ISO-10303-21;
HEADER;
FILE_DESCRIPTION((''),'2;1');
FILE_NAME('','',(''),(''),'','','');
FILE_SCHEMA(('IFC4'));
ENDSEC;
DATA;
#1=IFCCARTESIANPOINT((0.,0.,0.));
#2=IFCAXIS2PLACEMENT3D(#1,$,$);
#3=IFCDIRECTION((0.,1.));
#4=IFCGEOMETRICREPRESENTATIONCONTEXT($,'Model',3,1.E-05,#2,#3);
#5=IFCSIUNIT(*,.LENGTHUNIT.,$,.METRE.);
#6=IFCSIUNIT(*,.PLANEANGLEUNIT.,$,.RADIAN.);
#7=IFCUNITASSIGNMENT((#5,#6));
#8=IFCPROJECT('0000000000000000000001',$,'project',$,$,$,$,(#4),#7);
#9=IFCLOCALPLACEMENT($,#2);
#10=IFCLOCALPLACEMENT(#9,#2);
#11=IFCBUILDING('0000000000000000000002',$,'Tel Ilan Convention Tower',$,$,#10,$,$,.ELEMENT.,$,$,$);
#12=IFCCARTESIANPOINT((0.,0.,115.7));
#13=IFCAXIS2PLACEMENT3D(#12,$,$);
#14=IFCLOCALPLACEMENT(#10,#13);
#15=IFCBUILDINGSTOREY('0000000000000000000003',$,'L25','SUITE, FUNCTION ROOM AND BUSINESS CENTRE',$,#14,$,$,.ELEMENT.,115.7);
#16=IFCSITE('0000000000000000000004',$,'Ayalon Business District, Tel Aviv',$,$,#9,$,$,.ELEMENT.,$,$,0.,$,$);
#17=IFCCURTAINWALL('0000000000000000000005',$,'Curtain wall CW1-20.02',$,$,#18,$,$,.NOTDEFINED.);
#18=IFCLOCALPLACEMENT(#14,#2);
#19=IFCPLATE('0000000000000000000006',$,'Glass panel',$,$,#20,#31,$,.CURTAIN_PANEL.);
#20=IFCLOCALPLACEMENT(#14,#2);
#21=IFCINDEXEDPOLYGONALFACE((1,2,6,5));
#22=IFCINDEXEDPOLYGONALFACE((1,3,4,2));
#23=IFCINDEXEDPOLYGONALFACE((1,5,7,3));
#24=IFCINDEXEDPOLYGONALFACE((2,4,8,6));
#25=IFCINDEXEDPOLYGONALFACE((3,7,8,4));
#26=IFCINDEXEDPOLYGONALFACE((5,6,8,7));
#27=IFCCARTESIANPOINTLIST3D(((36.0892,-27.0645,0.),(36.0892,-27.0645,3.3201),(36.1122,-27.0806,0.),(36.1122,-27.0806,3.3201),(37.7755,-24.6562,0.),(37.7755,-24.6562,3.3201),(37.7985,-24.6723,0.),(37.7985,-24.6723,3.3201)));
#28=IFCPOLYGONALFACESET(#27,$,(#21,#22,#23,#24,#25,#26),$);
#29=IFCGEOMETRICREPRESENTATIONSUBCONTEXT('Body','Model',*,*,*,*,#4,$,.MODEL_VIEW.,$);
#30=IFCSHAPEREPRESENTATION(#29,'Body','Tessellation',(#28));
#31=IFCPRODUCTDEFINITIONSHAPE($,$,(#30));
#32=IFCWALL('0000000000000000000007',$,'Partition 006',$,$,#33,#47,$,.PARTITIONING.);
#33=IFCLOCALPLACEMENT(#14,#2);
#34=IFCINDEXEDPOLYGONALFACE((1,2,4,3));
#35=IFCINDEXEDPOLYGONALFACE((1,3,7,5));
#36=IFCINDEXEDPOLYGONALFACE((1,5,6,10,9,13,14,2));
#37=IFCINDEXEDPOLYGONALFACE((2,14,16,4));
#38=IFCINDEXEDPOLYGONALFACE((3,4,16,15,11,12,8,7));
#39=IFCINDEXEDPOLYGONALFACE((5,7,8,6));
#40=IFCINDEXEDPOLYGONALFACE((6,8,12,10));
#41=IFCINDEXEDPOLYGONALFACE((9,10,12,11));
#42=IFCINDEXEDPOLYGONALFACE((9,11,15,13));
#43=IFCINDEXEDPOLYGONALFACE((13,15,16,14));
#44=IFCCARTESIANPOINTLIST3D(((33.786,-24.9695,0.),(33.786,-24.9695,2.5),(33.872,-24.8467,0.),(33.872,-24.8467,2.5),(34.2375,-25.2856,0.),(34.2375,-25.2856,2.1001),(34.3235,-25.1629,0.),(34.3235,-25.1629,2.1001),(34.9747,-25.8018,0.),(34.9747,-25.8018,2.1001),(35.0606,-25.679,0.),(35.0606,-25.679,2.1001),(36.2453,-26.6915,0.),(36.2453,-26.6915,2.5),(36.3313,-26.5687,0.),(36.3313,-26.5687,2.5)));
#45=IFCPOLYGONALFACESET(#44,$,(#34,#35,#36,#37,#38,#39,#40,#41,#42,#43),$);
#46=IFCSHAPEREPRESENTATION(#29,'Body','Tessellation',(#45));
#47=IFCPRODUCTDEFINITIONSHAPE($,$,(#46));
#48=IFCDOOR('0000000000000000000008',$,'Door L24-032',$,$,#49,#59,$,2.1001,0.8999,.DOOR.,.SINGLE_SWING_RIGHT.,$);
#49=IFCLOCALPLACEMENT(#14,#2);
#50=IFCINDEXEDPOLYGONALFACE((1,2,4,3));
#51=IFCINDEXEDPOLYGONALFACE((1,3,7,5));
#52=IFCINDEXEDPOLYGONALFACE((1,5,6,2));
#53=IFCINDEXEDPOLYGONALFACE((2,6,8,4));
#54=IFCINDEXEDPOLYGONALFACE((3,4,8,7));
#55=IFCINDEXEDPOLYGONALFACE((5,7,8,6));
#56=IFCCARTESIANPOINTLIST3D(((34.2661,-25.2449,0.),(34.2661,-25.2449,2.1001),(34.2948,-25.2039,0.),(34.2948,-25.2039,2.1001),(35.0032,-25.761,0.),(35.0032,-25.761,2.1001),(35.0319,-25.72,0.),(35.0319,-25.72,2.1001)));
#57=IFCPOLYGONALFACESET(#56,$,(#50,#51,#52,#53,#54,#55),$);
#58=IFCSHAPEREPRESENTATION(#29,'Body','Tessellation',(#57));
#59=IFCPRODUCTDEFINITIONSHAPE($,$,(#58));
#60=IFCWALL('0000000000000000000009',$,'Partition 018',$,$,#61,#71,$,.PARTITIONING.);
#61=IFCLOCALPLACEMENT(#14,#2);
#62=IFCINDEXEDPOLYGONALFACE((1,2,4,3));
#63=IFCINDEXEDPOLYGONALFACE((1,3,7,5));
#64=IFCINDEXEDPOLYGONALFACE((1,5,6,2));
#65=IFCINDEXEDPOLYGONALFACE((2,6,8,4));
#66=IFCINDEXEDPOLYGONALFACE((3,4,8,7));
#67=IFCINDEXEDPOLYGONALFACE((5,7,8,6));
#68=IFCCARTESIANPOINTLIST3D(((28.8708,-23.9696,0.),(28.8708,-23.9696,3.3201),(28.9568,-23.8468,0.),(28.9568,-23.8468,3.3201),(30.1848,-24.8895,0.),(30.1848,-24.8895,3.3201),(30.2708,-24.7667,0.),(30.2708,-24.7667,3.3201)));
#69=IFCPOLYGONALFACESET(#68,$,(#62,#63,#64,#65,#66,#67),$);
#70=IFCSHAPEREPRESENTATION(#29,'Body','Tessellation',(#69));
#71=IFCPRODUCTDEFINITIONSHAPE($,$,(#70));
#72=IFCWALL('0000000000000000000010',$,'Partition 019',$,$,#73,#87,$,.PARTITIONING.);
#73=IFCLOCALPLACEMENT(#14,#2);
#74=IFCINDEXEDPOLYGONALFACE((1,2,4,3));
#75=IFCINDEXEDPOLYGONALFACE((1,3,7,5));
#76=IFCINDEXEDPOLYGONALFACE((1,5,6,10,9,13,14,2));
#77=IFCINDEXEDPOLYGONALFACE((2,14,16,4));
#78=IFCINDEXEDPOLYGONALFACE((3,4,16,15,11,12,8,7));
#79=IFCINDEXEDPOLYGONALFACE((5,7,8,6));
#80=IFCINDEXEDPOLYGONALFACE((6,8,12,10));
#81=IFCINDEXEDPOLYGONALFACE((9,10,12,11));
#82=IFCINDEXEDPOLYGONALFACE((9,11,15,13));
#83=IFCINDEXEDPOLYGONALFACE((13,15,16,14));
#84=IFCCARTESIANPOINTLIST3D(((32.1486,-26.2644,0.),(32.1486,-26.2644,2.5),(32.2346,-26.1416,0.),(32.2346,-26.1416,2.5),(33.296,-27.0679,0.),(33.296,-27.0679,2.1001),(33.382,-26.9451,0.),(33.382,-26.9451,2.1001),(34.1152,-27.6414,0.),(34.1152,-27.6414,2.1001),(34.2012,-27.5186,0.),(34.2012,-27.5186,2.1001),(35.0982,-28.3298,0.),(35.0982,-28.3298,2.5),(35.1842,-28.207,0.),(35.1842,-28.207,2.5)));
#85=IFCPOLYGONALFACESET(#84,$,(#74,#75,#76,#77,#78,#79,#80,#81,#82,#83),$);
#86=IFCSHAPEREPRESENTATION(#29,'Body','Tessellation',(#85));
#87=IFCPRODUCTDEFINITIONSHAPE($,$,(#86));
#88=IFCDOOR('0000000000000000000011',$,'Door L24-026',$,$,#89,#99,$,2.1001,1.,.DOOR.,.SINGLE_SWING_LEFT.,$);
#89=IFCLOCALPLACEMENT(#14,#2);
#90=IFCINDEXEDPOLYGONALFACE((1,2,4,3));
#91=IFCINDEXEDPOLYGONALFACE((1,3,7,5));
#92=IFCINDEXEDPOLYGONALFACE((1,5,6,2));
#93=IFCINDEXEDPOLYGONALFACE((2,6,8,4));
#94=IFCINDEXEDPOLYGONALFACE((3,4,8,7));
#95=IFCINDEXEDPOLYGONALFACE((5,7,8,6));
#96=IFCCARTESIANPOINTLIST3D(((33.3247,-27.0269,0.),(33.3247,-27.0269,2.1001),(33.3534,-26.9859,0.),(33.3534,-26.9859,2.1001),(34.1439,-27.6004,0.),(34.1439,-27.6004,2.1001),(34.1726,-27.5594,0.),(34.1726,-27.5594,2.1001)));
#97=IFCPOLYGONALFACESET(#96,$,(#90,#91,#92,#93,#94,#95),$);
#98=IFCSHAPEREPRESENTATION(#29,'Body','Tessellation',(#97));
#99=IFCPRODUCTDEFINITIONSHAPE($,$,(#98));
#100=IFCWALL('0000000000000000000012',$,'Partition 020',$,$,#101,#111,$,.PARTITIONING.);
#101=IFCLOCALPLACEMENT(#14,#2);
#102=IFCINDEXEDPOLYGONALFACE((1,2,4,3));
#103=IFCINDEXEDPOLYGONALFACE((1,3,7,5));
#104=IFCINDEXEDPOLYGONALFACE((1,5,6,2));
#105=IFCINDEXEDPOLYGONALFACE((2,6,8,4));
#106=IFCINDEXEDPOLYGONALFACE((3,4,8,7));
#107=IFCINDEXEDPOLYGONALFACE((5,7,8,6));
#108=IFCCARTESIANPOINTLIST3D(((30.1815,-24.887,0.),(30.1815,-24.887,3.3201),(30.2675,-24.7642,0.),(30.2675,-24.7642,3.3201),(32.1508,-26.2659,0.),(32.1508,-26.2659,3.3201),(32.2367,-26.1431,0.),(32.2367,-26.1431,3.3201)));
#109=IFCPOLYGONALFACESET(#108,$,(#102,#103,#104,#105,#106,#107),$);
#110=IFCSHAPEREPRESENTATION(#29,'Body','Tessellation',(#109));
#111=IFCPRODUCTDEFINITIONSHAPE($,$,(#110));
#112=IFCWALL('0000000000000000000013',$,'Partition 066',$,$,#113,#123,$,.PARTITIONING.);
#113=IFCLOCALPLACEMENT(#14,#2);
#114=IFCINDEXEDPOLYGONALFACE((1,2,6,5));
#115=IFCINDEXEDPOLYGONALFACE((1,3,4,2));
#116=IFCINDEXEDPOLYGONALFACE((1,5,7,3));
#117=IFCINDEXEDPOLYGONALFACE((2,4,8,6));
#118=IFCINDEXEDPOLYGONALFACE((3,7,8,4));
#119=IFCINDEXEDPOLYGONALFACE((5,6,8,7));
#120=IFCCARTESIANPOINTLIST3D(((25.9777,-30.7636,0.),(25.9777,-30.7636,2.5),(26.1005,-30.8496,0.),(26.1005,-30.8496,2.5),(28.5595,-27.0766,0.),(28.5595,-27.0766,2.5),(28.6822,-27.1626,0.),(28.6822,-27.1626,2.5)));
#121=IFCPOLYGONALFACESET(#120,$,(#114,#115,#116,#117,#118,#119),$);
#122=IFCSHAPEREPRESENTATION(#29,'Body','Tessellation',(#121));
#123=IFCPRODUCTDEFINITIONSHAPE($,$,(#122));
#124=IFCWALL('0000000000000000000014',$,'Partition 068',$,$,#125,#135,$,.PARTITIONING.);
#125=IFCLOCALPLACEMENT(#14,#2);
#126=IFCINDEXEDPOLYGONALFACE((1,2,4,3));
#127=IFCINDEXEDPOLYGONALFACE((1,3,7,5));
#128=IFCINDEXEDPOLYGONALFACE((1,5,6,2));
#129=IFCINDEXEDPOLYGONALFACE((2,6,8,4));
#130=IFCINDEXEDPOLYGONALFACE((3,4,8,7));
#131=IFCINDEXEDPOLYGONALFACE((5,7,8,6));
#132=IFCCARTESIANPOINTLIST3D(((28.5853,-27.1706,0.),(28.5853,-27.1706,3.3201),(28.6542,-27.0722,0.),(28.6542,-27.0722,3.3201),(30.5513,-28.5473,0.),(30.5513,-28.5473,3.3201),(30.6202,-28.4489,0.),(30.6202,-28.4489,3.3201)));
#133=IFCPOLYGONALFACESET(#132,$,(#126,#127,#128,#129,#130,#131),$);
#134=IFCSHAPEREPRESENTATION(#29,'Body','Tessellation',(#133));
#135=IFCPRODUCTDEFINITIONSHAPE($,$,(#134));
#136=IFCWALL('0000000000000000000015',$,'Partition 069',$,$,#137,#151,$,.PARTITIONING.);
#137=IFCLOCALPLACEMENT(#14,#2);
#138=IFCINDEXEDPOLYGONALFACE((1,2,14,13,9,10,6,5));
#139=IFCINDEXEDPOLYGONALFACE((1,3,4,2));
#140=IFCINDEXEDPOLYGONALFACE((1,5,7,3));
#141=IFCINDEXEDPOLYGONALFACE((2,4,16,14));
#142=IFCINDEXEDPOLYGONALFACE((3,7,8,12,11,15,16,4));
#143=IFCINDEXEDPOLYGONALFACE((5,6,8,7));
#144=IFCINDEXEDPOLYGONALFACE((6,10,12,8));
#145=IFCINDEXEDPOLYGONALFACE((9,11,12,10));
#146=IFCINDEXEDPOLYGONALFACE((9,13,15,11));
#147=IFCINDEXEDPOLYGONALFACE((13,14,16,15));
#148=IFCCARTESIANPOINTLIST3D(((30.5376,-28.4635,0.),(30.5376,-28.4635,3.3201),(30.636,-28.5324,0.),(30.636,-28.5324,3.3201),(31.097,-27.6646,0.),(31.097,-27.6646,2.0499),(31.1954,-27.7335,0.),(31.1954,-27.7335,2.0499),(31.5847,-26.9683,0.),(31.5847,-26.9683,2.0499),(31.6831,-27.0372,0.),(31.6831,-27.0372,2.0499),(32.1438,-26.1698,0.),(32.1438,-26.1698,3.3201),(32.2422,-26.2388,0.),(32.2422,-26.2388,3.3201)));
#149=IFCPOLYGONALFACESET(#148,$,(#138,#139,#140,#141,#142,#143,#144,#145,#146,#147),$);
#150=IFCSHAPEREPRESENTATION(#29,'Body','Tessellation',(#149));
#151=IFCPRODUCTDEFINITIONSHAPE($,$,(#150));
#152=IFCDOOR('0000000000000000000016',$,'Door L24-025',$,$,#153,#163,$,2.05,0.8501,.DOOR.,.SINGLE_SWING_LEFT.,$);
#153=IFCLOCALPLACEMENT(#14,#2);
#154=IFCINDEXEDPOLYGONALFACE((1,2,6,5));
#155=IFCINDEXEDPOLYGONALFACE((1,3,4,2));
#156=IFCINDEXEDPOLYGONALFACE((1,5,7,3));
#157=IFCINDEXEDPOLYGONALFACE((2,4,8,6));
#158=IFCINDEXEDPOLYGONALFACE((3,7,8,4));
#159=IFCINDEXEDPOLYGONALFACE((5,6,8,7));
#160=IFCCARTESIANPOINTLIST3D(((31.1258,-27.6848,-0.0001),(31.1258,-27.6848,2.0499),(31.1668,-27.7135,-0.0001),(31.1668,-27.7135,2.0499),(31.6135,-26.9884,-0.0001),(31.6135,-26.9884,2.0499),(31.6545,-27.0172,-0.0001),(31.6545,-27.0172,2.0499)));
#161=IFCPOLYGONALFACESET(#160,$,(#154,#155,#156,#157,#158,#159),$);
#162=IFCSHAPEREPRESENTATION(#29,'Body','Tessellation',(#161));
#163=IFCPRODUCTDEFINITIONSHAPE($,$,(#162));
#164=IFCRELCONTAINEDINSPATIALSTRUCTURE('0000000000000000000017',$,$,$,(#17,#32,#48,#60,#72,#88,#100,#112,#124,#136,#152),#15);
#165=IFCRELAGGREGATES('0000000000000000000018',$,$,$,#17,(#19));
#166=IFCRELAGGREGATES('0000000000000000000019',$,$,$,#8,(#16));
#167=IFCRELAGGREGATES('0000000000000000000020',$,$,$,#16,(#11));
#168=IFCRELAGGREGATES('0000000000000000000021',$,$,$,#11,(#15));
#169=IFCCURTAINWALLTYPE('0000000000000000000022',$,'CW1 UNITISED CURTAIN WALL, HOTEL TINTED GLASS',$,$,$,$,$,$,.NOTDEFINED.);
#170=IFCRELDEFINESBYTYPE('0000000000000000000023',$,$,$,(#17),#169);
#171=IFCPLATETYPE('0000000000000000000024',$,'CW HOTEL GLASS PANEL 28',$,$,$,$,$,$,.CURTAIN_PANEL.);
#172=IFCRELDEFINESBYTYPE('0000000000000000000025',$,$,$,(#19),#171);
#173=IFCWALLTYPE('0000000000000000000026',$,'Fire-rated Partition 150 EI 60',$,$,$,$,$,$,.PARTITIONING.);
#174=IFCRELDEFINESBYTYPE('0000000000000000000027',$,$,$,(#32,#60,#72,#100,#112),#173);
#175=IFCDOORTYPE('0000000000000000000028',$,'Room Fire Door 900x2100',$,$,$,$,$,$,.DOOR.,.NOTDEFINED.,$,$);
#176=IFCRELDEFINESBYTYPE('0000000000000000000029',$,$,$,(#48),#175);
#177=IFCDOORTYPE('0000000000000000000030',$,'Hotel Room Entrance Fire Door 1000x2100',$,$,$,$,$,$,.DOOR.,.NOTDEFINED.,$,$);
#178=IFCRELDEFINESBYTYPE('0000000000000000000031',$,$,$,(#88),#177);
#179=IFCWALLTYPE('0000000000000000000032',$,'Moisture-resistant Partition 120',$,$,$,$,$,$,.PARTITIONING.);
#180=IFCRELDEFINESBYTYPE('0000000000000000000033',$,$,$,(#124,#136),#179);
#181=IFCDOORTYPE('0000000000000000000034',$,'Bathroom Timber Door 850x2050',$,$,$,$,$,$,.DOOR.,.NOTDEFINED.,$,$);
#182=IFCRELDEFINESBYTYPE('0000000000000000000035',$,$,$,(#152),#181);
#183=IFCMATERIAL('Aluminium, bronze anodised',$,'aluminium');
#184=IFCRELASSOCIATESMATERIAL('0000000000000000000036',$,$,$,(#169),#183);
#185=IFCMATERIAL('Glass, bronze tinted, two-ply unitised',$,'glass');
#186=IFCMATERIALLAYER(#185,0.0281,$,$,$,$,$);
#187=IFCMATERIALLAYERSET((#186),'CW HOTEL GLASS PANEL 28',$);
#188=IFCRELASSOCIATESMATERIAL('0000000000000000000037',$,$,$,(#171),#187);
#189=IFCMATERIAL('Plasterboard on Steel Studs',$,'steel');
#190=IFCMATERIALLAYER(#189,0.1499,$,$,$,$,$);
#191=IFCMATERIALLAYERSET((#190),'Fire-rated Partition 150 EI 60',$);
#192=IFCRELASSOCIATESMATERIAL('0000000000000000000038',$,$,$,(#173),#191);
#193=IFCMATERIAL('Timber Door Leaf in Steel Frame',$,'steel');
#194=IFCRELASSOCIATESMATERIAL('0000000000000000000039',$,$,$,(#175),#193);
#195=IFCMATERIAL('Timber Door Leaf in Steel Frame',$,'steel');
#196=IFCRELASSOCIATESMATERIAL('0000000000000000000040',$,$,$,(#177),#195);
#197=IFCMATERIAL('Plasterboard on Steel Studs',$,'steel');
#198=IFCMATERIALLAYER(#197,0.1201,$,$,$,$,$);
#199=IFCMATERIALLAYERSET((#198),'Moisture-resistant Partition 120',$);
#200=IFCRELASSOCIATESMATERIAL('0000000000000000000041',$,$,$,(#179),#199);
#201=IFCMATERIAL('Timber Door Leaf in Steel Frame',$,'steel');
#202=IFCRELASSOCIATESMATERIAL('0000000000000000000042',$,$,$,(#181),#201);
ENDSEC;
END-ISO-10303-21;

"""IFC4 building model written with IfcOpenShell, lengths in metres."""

from ifc_helpers import new_model, si_unit, direction, frame, frame_2d, origin, origin_2d, place, context, subcontext, project, spatial, rectangle, extrude, material, layer, layer_set, type_object, element, fill, aggregate, save


model = new_model("IFC4")

# Units and contexts
model_context = context("Model", 3, precision=1e-05, world=origin(), true_north=direction((0.0, 1.0)))
body_context = subcontext(model_context, "Body", "Model", "MODEL_VIEW")
ifc_project = project(units=[si_unit("LENGTHUNIT", "METRE"), si_unit("PLANEANGLEUNIT", "RADIAN")], contexts=[model_context])

# Site, building, storey
site_placement = place(None, origin())
site = spatial("IfcSite", under=ifc_project, at=site_placement, Name="Ayalon Business District, Tel Aviv", CompositionType="ELEMENT", RefElevation=0.0)
building_placement = place(site_placement, origin())
building = spatial("IfcBuilding", under=site, at=building_placement, Name="Tel Ilan Convention Tower", CompositionType="ELEMENT")
storey_placement = place(building_placement, frame((0.0, 0.0, 115.7)))
storey = spatial("IfcBuildingStorey", under=building, at=storey_placement, Name="L25", Description="SUITE, FUNCTION ROOM AND BUSINESS CENTRE", CompositionType="ELEMENT", Elevation=115.7)

# Curtain wall, plate
ifc_material_1 = material(Name="Aluminium, bronze anodised", Category="aluminium")
curtain_wall_type = type_object("IfcCurtainWallType", Name="CW1 UNITISED CURTAIN WALL, HOTEL TINTED GLASS", PredefinedType="NOTDEFINED", material=ifc_material_1)
curtain_wall_placement = place(storey_placement, origin())
curtain_wall = element("IfcCurtainWall", 1, at=curtain_wall_placement, inside=storey, type_object=curtain_wall_type, Name="Curtain wall CW1-20.02", PredefinedType="NOTDEFINED")
ifc_material_2 = material(Name="Glass, bronze tinted, two-ply unitised", Category="glass")
ifc_layer_1 = layer(ifc_material_2, 0.0281)
ifc_layer_set_1 = layer_set([ifc_layer_1], Name="CW HOTEL GLASS PANEL 28")
plate_type = type_object("IfcPlateType", Name="CW HOTEL GLASS PANEL 28", PredefinedType="CURTAIN_PANEL", material=ifc_layer_set_1)
plate_1_placement = place(storey_placement, frame((36.9438, -25.8684, 0.0), z_axis=(0.0, 0.0, 1.0), x_axis=(0.573576, 0.819152, 0.0)))
plate_1 = element("IfcPlate", 2, at=plate_1_placement, type_object=plate_type, Name="Glass panel", PredefinedType="CURTAIN_PANEL", context=body_context, shape_type="SweptSolid", body=[
    extrude(rectangle(XDim=2.9399, YDim=0.0281, at=origin_2d()), origin(), (0.0, 0.0, 1.0), 3.3201),
])
aggregate(curtain_wall, [plate_1])

# Wall, opening, door
ifc_material_3 = material(Name="Plasterboard on Steel Studs", Category="steel")
ifc_layer_2 = layer(ifc_material_3, 0.1499)
ifc_layer_set_2 = layer_set([ifc_layer_2], Name="Fire-rated Partition 150 EI 60")
wall_type_1 = type_object("IfcWallType", Name="Fire-rated Partition 150 EI 60", PredefinedType="PARTITIONING", material=ifc_layer_set_2)
wall_1_placement = place(storey_placement, frame((33.8291, -24.9082, 0.0), z_axis=(0.0, 0.0, 1.0), x_axis=(0.819159, -0.573566, 0.0)))
wall_1 = element("IfcWall", 3, at=wall_1_placement, inside=storey, type_object=wall_type_1, Name="Partition 006", PredefinedType="PARTITIONING", context=body_context, shape_type="SweptSolid", body=[
    extrude(rectangle(XDim=3.0022, YDim=0.1499, at=frame_2d((1.501, 0.0))), origin(), (0.0, 0.0, 1.0), 2.5),
])
opening_1_placement = place(wall_1_placement, frame((0.551, 0.0, 0.0)))
opening_1 = element("IfcOpeningElement", 4, at=opening_1_placement, cuts=wall_1, PredefinedType="OPENING", context=body_context, shape_type="SweptSolid", body=[
    extrude(rectangle(XDim=0.8999, YDim=2.1001, at=frame_2d((0.45, 1.05))), frame((0.0, 0.085, 0.0), z_axis=(0.0, -1.0, 0.0), x_axis=(1.0, 0.0, 0.0)), (0.0, 0.0, 1.0), 0.1699),
])
ifc_material_4 = material(Name="Timber Door Leaf in Steel Frame", Category="steel")
door_type_1 = type_object("IfcDoorType", Name="Room Fire Door 900x2100", OperationType="NOTDEFINED", PredefinedType="DOOR", material=ifc_material_4)
door_1_placement = place(opening_1_placement, origin())
door_1 = element("IfcDoor", 5, at=door_1_placement, inside=storey, type_object=door_type_1, Name="Door L24-032", OperationType="SINGLE_SWING_RIGHT", OverallHeight=2.1001, OverallWidth=0.8999, PredefinedType="DOOR", context=body_context, shape_type="SweptSolid", body=[
    extrude(rectangle(XDim=0.8999, YDim=2.1001, at=frame_2d((0.45, 1.05))), frame((0.0, 0.0249, 0.0), z_axis=(0.0, -1.0, 0.0), x_axis=(1.0, 0.0, 0.0)), (0.0, 0.0, 1.0), 0.05),
])
fill(opening_1, door_1)

# Wall
wall_2_placement = place(storey_placement, frame((30.2278, -24.8281, 0.0), z_axis=(0.0, 0.0, 1.0), x_axis=(-0.819189, 0.573524, 0.0)))
element("IfcWall", 6, at=wall_2_placement, inside=storey, type_object=wall_type_1, Name="Partition 018", PredefinedType="PARTITIONING", context=body_context, shape_type="SweptSolid", body=[
    extrude(rectangle(XDim=1.604, YDim=0.1499, at=frame_2d((0.802, 0.0))), origin(), (0.0, 0.0, 1.0), 3.3201),
])

# Wall, opening, door
wall_3_placement = place(storey_placement, frame((35.1411, -28.2683, 0.0), z_axis=(0.0, 0.0, 1.0), x_axis=(-0.819149, 0.573581, 0.0)))
wall_3 = element("IfcWall", 7, at=wall_3_placement, inside=storey, type_object=wall_type_1, Name="Partition 019", PredefinedType="PARTITIONING", context=body_context, shape_type="SweptSolid", body=[
    extrude(rectangle(XDim=3.6008, YDim=0.1499, at=frame_2d((1.8003, 0.0))), origin(), (0.0, 0.0, 1.0), 2.5),
])
opening_2_placement = place(wall_3_placement, frame((1.2, 0.0, 0.0)))
opening_2 = element("IfcOpeningElement", 8, at=opening_2_placement, cuts=wall_3, PredefinedType="OPENING", context=body_context, shape_type="SweptSolid", body=[
    extrude(rectangle(XDim=1.0, YDim=2.1001, at=frame_2d((0.5, 1.05))), frame((0.0, 0.085, 0.0), z_axis=(0.0, -1.0, 0.0), x_axis=(1.0, 0.0, 0.0)), (0.0, 0.0, 1.0), 0.1699),
])
ifc_material_5 = material(Name="Timber Door Leaf in Steel Frame", Category="steel")
door_type_2 = type_object("IfcDoorType", Name="Hotel Room Entrance Fire Door 1000x2100", OperationType="NOTDEFINED", PredefinedType="DOOR", material=ifc_material_5)
door_2_placement = place(opening_2_placement, origin())
door_2 = element("IfcDoor", 9, at=door_2_placement, inside=storey, type_object=door_type_2, Name="Door L24-026", OperationType="SINGLE_SWING_LEFT", OverallHeight=2.1001, OverallWidth=1.0, PredefinedType="DOOR", context=body_context, shape_type="SweptSolid", body=[
    extrude(rectangle(XDim=1.0, YDim=2.1001, at=frame_2d((0.5, 1.05))), frame((0.0, 0.0249, 0.0), z_axis=(0.0, -1.0, 0.0), x_axis=(1.0, 0.0, 0.0)), (0.0, 0.0, 1.0), 0.05),
])
fill(opening_2, door_2)

# Walls
wall_4_placement = place(storey_placement, frame((32.1938, -26.2046, 0.0), z_axis=(0.0, 0.0, 1.0), x_axis=(-0.819146, 0.573585, 0.0)))
element("IfcWall", 10, at=wall_4_placement, inside=storey, type_object=wall_type_1, Name="Partition 020", PredefinedType="PARTITIONING", context=body_context, shape_type="SweptSolid", body=[
    extrude(rectangle(XDim=2.4041, YDim=0.1499, at=frame_2d((1.2021, 0.0))), origin(), (0.0, 0.0, 1.0), 3.3201),
])
wall_5_placement = place(storey_placement, frame((28.6208, -27.1196, 0.0), z_axis=(0.0, 0.0, 1.0), x_axis=(-0.573593, -0.81914, 0.0)))
element("IfcWall", 11, at=wall_5_placement, inside=storey, type_object=wall_type_1, Name="Partition 066", PredefinedType="PARTITIONING", context=body_context, shape_type="SweptSolid", body=[
    extrude(rectangle(XDim=4.501, YDim=0.1499, at=frame_2d((2.2505, 0.0))), origin(), (0.0, 0.0, 1.0), 2.5),
])
ifc_material_6 = material(Name="Plasterboard on Steel Studs", Category="steel")
ifc_layer_3 = layer(ifc_material_6, 0.1201)
ifc_layer_set_3 = layer_set([ifc_layer_3], Name="Moisture-resistant Partition 120")
wall_type_2 = type_object("IfcWallType", Name="Moisture-resistant Partition 120", PredefinedType="PARTITIONING", material=ifc_layer_set_3)
wall_6_placement = place(storey_placement, frame((28.6196, -27.1213, 0.0), z_axis=(0.0, 0.0, 1.0), x_axis=(0.819141, -0.573592, 0.0)))
element("IfcWall", 12, at=wall_6_placement, inside=storey, type_object=wall_type_2, Name="Partition 068", PredefinedType="PARTITIONING", context=body_context, shape_type="SweptSolid", body=[
    extrude(rectangle(XDim=2.4001, YDim=0.1201, at=frame_2d((1.2002, 0.0))), origin(), (0.0, 0.0, 1.0), 3.3201),
])

# Wall, opening, door
wall_7_placement = place(storey_placement, frame((30.5869, -28.4978, 0.0), z_axis=(0.0, 0.0, 1.0), x_axis=(0.573609, 0.81913, 0.0)))
wall_7 = element("IfcWall", 13, at=wall_7_placement, inside=storey, type_object=wall_type_2, Name="Partition 069", PredefinedType="PARTITIONING", context=body_context, shape_type="SweptSolid", body=[
    extrude(rectangle(XDim=2.8, YDim=0.1201, at=frame_2d((1.3999, 0.0))), origin(), (0.0, 0.0, 1.0), 3.3201),
])
opening_3_placement = place(wall_7_placement, frame((0.9751, 0.0, 0.0)))
opening_3 = element("IfcOpeningElement", 14, at=opening_3_placement, cuts=wall_7, PredefinedType="OPENING", context=body_context, shape_type="SweptSolid", body=[
    extrude(rectangle(XDim=0.8501, YDim=2.05, at=frame_2d((0.425, 1.0249))), frame((0.0, 0.0701, 0.0), z_axis=(0.0, -1.0, 0.0), x_axis=(1.0, 0.0, 0.0)), (0.0, 0.0, 1.0), 0.1401),
])
ifc_material_7 = material(Name="Timber Door Leaf in Steel Frame", Category="steel")
door_type_3 = type_object("IfcDoorType", Name="Bathroom Timber Door 850x2050", OperationType="NOTDEFINED", PredefinedType="DOOR", material=ifc_material_7)
door_3_placement = place(opening_3_placement, origin())
door_3 = element("IfcDoor", 15, at=door_3_placement, inside=storey, type_object=door_type_3, Name="Door L24-025", OperationType="SINGLE_SWING_LEFT", OverallHeight=2.05, OverallWidth=0.8501, PredefinedType="DOOR", context=body_context, shape_type="SweptSolid", body=[
    extrude(rectangle(XDim=0.8501, YDim=2.05, at=frame_2d((0.425, 1.0249))), frame((0.0, 0.0249, 0.0), z_axis=(0.0, -1.0, 0.0), x_axis=(1.0, 0.0, 0.0)), (0.0, 0.0, 1.0), 0.05),
])
fill(opening_3, door_3)

save(model, "model.ifc")
